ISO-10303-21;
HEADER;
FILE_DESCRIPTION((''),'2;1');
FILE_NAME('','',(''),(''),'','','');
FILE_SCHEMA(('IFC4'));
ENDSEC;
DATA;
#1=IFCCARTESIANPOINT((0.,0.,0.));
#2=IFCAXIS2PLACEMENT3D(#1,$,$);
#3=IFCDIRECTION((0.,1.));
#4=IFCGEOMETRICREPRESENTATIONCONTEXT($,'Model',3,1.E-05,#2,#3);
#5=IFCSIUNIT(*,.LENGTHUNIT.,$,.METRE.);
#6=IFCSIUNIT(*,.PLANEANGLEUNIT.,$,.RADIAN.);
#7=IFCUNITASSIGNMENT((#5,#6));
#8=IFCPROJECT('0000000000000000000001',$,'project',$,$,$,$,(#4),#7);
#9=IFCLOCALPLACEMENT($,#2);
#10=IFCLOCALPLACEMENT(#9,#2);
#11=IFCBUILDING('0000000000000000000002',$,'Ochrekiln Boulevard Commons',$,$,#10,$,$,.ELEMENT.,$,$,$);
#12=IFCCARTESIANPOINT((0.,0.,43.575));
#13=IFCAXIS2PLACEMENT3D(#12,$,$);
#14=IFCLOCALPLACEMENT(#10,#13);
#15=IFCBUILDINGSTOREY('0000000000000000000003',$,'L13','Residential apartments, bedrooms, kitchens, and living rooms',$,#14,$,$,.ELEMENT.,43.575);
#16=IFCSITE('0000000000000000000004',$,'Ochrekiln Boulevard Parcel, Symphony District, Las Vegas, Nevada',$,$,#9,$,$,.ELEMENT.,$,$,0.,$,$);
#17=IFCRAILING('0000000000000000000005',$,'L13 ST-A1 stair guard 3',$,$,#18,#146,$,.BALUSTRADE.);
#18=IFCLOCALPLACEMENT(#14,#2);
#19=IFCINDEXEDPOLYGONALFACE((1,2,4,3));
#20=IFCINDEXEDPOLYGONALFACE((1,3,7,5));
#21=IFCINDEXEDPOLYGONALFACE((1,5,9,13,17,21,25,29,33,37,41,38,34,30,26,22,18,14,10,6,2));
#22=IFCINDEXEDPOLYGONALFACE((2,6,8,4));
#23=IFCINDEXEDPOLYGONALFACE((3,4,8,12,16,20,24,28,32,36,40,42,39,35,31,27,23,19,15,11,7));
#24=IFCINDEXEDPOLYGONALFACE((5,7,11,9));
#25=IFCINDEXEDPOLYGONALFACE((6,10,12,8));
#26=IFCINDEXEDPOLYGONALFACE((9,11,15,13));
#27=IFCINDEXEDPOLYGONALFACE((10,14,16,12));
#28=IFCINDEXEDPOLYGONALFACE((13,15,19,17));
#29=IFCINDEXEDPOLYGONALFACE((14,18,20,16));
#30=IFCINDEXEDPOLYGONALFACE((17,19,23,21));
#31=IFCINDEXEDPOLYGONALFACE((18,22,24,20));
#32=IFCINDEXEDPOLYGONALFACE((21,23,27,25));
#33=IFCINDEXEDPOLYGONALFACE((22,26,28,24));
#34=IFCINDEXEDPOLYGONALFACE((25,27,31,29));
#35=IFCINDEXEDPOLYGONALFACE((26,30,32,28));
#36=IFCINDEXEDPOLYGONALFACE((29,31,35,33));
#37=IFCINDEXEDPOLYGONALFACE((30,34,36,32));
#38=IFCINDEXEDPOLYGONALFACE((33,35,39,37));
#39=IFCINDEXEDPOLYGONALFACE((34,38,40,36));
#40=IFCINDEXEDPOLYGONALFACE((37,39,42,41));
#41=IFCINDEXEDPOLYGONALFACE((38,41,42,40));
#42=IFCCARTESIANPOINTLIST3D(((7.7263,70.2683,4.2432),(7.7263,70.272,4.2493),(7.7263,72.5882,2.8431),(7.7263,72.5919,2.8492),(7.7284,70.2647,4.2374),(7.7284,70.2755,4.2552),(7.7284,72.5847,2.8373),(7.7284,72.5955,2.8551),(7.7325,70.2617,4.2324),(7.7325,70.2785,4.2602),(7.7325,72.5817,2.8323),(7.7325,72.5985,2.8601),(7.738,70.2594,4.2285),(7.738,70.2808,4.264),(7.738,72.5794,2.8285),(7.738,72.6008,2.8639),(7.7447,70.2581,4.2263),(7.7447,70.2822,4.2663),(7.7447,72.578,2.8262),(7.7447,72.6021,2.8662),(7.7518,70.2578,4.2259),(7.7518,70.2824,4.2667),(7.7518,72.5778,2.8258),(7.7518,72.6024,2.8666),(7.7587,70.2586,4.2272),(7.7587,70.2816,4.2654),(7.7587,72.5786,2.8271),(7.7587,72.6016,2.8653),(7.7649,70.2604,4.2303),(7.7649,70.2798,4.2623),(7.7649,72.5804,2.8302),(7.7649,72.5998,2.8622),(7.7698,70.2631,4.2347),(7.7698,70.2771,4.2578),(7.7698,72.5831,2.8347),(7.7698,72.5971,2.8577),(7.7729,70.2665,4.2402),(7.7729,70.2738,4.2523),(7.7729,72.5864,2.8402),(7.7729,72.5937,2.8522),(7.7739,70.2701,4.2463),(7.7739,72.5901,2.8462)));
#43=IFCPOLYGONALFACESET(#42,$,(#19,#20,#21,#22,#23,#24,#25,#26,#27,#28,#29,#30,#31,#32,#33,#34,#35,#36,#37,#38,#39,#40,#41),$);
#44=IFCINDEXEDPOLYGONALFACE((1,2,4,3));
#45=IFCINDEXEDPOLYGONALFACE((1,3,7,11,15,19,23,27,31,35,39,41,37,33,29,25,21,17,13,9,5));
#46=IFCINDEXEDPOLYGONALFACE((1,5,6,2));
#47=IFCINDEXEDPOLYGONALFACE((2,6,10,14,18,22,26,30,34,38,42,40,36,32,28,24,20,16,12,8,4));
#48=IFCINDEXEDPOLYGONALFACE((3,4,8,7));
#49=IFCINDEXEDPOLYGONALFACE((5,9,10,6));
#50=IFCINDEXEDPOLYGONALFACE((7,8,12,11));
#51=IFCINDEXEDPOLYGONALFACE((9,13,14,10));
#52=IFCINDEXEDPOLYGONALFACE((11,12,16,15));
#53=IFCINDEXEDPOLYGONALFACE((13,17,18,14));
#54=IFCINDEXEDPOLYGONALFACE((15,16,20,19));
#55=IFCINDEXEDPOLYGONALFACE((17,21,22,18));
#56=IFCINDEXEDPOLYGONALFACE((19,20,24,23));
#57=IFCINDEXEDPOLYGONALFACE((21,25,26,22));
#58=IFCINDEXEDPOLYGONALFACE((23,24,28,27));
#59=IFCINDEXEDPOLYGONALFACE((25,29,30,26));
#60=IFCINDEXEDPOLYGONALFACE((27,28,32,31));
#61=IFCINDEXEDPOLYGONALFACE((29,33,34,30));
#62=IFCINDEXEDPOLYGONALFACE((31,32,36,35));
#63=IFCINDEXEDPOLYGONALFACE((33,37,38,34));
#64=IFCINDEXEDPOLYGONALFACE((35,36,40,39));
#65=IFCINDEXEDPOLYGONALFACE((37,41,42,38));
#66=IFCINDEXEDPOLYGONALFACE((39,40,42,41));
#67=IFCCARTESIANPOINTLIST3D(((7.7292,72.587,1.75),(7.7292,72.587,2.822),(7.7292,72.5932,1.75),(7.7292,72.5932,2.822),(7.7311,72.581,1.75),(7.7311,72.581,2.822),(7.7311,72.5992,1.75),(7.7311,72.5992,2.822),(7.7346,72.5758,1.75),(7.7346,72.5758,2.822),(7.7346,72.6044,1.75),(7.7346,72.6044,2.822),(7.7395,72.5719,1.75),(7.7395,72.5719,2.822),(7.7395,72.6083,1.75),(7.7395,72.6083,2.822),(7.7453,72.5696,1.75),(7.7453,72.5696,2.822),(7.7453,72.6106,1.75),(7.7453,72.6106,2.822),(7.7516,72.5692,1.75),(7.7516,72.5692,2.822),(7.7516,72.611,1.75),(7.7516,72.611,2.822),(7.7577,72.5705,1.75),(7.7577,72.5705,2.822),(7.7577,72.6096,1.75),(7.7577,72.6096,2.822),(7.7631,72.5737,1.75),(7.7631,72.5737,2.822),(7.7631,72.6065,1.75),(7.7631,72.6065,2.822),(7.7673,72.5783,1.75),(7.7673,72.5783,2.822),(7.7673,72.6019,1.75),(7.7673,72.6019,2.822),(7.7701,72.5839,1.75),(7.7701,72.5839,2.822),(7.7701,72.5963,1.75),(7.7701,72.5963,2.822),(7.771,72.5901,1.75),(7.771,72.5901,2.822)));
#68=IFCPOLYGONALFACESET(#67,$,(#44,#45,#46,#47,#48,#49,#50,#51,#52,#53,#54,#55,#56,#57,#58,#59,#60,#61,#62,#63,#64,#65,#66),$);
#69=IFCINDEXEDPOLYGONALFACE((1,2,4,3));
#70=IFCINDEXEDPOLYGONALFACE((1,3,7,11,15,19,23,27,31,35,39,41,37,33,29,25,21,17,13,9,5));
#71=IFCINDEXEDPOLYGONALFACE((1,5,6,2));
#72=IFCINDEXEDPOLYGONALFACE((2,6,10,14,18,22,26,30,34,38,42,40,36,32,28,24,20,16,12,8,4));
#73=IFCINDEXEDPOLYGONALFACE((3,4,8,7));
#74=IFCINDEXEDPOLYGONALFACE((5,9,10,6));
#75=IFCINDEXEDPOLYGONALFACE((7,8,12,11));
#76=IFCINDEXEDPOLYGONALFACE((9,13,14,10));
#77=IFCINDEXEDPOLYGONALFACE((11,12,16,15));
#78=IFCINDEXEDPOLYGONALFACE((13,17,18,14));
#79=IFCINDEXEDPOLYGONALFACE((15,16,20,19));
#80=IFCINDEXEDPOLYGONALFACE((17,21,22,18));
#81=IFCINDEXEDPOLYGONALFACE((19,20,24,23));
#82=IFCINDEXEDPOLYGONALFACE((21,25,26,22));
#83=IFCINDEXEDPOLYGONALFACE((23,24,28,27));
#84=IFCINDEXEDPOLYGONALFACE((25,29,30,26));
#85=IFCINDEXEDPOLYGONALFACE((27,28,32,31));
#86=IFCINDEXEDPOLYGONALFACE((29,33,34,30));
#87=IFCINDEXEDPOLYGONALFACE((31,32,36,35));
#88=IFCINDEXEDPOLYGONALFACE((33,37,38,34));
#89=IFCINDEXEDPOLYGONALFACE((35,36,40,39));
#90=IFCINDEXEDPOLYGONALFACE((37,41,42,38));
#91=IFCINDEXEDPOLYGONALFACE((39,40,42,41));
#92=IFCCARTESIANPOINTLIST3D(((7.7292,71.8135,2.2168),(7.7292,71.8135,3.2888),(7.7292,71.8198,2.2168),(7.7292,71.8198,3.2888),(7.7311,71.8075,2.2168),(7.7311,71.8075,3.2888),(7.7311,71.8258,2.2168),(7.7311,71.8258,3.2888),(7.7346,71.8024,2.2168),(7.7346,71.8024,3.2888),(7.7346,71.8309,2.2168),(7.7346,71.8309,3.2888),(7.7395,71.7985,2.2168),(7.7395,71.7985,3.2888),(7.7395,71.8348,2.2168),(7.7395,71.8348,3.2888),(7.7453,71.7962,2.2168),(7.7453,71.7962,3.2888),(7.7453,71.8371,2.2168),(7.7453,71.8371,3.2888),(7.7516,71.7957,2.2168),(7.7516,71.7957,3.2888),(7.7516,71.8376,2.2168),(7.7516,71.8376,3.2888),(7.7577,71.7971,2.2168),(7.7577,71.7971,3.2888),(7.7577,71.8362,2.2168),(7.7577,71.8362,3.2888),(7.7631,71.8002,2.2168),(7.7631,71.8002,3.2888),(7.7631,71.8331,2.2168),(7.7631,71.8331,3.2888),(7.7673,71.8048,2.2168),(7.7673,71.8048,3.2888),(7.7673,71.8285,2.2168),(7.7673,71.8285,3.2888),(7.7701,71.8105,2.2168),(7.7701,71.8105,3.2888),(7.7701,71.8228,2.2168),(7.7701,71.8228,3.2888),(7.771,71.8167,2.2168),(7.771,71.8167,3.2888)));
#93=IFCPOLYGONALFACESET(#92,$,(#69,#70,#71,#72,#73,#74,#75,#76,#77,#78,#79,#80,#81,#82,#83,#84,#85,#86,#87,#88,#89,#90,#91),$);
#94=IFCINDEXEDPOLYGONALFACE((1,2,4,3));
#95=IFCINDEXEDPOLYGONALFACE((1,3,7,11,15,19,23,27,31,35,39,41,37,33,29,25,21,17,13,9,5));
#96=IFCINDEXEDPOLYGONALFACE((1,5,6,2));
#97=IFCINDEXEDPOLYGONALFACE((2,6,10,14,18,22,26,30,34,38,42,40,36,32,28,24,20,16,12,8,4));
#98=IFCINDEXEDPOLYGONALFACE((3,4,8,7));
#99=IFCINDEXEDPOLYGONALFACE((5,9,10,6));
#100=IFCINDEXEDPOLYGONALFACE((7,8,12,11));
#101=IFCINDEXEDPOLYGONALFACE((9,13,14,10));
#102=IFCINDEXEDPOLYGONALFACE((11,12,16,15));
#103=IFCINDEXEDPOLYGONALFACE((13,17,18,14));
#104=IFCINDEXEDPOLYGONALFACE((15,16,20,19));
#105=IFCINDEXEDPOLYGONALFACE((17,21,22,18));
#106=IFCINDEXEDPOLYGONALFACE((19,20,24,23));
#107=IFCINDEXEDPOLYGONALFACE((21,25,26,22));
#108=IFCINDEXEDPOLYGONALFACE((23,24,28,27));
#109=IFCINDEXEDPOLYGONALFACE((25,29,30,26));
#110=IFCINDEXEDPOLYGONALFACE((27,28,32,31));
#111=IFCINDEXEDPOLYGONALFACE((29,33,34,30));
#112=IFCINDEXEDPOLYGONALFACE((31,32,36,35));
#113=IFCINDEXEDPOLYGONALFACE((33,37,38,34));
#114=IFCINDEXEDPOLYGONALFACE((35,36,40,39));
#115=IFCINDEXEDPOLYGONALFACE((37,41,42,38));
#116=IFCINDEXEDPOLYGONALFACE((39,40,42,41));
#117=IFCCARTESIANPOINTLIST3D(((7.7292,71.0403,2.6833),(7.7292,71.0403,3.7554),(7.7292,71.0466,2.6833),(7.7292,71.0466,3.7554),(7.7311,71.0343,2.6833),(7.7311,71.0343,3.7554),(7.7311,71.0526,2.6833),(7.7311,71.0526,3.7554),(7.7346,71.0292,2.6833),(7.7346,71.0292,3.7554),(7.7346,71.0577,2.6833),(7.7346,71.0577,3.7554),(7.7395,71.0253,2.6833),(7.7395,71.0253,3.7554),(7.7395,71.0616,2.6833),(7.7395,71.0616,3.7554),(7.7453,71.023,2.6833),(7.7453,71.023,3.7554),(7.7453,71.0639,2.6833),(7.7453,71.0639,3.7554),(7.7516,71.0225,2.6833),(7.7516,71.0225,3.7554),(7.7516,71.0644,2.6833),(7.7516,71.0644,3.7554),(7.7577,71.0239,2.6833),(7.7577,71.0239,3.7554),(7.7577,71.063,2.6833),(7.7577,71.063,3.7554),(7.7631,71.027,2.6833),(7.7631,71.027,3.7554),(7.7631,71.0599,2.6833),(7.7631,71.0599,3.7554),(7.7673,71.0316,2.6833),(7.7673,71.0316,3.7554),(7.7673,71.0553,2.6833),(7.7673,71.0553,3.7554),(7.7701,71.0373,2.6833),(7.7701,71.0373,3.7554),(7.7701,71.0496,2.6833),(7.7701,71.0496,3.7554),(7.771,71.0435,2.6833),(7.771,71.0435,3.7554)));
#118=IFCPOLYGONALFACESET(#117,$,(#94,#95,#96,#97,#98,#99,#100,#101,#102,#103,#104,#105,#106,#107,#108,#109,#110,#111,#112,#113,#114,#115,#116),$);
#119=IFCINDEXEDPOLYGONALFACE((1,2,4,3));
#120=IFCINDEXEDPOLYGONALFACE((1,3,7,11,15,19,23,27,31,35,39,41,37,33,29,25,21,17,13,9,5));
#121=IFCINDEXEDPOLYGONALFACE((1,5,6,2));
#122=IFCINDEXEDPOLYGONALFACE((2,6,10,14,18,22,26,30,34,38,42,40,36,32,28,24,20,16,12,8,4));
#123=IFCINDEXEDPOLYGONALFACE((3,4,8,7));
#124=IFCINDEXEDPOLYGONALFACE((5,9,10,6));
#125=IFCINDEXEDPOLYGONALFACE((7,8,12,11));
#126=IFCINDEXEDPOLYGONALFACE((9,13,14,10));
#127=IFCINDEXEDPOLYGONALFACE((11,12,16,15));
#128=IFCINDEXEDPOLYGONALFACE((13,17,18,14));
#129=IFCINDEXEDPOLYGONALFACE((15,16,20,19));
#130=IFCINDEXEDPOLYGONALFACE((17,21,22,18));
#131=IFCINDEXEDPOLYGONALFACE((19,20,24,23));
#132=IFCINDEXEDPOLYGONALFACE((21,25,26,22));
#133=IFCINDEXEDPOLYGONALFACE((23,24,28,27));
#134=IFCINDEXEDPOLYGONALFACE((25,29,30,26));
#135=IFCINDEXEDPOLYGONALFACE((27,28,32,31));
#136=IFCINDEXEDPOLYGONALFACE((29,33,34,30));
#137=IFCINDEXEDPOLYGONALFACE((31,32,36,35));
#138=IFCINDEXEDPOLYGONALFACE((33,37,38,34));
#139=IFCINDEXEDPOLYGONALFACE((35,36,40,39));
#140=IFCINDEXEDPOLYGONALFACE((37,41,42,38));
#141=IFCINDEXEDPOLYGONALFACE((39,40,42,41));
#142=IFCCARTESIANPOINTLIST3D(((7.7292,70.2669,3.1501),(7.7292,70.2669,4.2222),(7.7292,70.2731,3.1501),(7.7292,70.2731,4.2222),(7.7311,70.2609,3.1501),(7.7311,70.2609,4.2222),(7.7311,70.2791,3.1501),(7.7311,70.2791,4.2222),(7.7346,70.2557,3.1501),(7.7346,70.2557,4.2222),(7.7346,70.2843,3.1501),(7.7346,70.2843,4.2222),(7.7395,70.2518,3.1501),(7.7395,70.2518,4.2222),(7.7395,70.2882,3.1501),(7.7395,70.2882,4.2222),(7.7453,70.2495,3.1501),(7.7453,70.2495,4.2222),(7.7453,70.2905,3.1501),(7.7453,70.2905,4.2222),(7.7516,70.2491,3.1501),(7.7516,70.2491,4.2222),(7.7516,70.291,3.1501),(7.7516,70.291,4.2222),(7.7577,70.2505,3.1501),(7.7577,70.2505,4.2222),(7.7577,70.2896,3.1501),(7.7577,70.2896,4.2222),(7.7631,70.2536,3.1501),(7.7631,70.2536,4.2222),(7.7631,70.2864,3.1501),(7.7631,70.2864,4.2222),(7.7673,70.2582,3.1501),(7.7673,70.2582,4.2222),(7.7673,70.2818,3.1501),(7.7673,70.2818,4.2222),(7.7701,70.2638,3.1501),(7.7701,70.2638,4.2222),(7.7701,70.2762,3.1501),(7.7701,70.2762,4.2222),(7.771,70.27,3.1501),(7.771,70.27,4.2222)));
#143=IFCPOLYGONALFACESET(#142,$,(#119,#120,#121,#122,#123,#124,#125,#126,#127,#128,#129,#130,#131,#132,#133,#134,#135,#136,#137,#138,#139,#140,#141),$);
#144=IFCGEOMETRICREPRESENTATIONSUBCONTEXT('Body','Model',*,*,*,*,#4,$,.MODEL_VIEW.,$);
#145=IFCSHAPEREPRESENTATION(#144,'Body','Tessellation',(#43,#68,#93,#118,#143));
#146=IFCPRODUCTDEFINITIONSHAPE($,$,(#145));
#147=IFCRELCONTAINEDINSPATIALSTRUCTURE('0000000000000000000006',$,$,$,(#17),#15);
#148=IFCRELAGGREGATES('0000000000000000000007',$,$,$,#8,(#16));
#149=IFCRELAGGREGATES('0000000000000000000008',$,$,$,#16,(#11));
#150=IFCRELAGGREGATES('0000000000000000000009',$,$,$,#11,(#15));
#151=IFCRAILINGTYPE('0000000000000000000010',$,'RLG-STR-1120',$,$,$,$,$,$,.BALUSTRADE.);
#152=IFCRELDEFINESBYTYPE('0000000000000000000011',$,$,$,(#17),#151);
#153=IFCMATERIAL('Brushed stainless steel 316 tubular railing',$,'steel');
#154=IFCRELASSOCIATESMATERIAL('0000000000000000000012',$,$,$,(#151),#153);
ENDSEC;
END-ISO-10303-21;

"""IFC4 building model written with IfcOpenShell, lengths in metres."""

from ifc_helpers import new_model, si_unit, direction, frame, origin, origin_2d, place, context, subcontext, project, spatial, circle, extrude, material, type_object, element, save


model = new_model("IFC4")

# Units and contexts
model_context = context("Model", 3, precision=1e-05, world=origin(), true_north=direction((0.0, 1.0)))
body_context = subcontext(model_context, "Body", "Model", "MODEL_VIEW")
ifc_project = project(units=[si_unit("LENGTHUNIT", "METRE"), si_unit("PLANEANGLEUNIT", "RADIAN")], contexts=[model_context])

# Site, building, storey
site_placement = place(None, origin())
site = spatial("IfcSite", under=ifc_project, at=site_placement, Name="Ochrekiln Boulevard Parcel, Symphony District, Las Vegas, Nevada", CompositionType="ELEMENT", RefElevation=0.0)
building_placement = place(site_placement, origin())
building = spatial("IfcBuilding", under=site, at=building_placement, Name="Ochrekiln Boulevard Commons", CompositionType="ELEMENT")
storey_placement = place(building_placement, frame((0.0, 0.0, 43.575)))
storey = spatial("IfcBuildingStorey", under=building, at=storey_placement, Name="L13", Description="Residential apartments, bedrooms, kitchens, and living rooms", CompositionType="ELEMENT", Elevation=43.575)

# Railing
ifc_material_1 = material(Name="Brushed stainless steel 316 tubular railing", Category="steel")
railing_type_1 = type_object("IfcRailingType", Name="RLG-STR-1120", PredefinedType="BALUSTRADE", material=ifc_material_1)
railing_1_placement = place(storey_placement, frame((7.75, 72.5901, 1.75)))
element("IfcRailing", 1, at=railing_1_placement, inside=storey, type_object=railing_type_1, Name="L13 ST-A1 stair guard 3", PredefinedType="BALUSTRADE", context=body_context, shape_type="SweptSolid", body=[
    extrude(circle(Radius=0.0239, at=origin_2d()), frame((0.0, 0.0, 1.0962), z_axis=(0.0, -0.85617, 0.516693), x_axis=(1.0, 0.0, 0.0)), (0.0, 0.0, 1.0), 2.7097),
    extrude(circle(Radius=0.021, at=origin_2d()), origin(), (0.0, 0.0, 1.0), 1.072),
    extrude(circle(Radius=0.021, at=origin_2d()), frame((0.0, -0.7734, 0.4668)), (0.0, 0.0, 1.0), 1.072),
    extrude(circle(Radius=0.021, at=origin_2d()), frame((0.0, -1.5466, 0.9333)), (0.0, 0.0, 1.0), 1.072),
    extrude(circle(Radius=0.021, at=origin_2d()), frame((0.0, -2.3201, 1.4001)), (0.0, 0.0, 1.0), 1.072),
])

save(model, "model.ifc")
